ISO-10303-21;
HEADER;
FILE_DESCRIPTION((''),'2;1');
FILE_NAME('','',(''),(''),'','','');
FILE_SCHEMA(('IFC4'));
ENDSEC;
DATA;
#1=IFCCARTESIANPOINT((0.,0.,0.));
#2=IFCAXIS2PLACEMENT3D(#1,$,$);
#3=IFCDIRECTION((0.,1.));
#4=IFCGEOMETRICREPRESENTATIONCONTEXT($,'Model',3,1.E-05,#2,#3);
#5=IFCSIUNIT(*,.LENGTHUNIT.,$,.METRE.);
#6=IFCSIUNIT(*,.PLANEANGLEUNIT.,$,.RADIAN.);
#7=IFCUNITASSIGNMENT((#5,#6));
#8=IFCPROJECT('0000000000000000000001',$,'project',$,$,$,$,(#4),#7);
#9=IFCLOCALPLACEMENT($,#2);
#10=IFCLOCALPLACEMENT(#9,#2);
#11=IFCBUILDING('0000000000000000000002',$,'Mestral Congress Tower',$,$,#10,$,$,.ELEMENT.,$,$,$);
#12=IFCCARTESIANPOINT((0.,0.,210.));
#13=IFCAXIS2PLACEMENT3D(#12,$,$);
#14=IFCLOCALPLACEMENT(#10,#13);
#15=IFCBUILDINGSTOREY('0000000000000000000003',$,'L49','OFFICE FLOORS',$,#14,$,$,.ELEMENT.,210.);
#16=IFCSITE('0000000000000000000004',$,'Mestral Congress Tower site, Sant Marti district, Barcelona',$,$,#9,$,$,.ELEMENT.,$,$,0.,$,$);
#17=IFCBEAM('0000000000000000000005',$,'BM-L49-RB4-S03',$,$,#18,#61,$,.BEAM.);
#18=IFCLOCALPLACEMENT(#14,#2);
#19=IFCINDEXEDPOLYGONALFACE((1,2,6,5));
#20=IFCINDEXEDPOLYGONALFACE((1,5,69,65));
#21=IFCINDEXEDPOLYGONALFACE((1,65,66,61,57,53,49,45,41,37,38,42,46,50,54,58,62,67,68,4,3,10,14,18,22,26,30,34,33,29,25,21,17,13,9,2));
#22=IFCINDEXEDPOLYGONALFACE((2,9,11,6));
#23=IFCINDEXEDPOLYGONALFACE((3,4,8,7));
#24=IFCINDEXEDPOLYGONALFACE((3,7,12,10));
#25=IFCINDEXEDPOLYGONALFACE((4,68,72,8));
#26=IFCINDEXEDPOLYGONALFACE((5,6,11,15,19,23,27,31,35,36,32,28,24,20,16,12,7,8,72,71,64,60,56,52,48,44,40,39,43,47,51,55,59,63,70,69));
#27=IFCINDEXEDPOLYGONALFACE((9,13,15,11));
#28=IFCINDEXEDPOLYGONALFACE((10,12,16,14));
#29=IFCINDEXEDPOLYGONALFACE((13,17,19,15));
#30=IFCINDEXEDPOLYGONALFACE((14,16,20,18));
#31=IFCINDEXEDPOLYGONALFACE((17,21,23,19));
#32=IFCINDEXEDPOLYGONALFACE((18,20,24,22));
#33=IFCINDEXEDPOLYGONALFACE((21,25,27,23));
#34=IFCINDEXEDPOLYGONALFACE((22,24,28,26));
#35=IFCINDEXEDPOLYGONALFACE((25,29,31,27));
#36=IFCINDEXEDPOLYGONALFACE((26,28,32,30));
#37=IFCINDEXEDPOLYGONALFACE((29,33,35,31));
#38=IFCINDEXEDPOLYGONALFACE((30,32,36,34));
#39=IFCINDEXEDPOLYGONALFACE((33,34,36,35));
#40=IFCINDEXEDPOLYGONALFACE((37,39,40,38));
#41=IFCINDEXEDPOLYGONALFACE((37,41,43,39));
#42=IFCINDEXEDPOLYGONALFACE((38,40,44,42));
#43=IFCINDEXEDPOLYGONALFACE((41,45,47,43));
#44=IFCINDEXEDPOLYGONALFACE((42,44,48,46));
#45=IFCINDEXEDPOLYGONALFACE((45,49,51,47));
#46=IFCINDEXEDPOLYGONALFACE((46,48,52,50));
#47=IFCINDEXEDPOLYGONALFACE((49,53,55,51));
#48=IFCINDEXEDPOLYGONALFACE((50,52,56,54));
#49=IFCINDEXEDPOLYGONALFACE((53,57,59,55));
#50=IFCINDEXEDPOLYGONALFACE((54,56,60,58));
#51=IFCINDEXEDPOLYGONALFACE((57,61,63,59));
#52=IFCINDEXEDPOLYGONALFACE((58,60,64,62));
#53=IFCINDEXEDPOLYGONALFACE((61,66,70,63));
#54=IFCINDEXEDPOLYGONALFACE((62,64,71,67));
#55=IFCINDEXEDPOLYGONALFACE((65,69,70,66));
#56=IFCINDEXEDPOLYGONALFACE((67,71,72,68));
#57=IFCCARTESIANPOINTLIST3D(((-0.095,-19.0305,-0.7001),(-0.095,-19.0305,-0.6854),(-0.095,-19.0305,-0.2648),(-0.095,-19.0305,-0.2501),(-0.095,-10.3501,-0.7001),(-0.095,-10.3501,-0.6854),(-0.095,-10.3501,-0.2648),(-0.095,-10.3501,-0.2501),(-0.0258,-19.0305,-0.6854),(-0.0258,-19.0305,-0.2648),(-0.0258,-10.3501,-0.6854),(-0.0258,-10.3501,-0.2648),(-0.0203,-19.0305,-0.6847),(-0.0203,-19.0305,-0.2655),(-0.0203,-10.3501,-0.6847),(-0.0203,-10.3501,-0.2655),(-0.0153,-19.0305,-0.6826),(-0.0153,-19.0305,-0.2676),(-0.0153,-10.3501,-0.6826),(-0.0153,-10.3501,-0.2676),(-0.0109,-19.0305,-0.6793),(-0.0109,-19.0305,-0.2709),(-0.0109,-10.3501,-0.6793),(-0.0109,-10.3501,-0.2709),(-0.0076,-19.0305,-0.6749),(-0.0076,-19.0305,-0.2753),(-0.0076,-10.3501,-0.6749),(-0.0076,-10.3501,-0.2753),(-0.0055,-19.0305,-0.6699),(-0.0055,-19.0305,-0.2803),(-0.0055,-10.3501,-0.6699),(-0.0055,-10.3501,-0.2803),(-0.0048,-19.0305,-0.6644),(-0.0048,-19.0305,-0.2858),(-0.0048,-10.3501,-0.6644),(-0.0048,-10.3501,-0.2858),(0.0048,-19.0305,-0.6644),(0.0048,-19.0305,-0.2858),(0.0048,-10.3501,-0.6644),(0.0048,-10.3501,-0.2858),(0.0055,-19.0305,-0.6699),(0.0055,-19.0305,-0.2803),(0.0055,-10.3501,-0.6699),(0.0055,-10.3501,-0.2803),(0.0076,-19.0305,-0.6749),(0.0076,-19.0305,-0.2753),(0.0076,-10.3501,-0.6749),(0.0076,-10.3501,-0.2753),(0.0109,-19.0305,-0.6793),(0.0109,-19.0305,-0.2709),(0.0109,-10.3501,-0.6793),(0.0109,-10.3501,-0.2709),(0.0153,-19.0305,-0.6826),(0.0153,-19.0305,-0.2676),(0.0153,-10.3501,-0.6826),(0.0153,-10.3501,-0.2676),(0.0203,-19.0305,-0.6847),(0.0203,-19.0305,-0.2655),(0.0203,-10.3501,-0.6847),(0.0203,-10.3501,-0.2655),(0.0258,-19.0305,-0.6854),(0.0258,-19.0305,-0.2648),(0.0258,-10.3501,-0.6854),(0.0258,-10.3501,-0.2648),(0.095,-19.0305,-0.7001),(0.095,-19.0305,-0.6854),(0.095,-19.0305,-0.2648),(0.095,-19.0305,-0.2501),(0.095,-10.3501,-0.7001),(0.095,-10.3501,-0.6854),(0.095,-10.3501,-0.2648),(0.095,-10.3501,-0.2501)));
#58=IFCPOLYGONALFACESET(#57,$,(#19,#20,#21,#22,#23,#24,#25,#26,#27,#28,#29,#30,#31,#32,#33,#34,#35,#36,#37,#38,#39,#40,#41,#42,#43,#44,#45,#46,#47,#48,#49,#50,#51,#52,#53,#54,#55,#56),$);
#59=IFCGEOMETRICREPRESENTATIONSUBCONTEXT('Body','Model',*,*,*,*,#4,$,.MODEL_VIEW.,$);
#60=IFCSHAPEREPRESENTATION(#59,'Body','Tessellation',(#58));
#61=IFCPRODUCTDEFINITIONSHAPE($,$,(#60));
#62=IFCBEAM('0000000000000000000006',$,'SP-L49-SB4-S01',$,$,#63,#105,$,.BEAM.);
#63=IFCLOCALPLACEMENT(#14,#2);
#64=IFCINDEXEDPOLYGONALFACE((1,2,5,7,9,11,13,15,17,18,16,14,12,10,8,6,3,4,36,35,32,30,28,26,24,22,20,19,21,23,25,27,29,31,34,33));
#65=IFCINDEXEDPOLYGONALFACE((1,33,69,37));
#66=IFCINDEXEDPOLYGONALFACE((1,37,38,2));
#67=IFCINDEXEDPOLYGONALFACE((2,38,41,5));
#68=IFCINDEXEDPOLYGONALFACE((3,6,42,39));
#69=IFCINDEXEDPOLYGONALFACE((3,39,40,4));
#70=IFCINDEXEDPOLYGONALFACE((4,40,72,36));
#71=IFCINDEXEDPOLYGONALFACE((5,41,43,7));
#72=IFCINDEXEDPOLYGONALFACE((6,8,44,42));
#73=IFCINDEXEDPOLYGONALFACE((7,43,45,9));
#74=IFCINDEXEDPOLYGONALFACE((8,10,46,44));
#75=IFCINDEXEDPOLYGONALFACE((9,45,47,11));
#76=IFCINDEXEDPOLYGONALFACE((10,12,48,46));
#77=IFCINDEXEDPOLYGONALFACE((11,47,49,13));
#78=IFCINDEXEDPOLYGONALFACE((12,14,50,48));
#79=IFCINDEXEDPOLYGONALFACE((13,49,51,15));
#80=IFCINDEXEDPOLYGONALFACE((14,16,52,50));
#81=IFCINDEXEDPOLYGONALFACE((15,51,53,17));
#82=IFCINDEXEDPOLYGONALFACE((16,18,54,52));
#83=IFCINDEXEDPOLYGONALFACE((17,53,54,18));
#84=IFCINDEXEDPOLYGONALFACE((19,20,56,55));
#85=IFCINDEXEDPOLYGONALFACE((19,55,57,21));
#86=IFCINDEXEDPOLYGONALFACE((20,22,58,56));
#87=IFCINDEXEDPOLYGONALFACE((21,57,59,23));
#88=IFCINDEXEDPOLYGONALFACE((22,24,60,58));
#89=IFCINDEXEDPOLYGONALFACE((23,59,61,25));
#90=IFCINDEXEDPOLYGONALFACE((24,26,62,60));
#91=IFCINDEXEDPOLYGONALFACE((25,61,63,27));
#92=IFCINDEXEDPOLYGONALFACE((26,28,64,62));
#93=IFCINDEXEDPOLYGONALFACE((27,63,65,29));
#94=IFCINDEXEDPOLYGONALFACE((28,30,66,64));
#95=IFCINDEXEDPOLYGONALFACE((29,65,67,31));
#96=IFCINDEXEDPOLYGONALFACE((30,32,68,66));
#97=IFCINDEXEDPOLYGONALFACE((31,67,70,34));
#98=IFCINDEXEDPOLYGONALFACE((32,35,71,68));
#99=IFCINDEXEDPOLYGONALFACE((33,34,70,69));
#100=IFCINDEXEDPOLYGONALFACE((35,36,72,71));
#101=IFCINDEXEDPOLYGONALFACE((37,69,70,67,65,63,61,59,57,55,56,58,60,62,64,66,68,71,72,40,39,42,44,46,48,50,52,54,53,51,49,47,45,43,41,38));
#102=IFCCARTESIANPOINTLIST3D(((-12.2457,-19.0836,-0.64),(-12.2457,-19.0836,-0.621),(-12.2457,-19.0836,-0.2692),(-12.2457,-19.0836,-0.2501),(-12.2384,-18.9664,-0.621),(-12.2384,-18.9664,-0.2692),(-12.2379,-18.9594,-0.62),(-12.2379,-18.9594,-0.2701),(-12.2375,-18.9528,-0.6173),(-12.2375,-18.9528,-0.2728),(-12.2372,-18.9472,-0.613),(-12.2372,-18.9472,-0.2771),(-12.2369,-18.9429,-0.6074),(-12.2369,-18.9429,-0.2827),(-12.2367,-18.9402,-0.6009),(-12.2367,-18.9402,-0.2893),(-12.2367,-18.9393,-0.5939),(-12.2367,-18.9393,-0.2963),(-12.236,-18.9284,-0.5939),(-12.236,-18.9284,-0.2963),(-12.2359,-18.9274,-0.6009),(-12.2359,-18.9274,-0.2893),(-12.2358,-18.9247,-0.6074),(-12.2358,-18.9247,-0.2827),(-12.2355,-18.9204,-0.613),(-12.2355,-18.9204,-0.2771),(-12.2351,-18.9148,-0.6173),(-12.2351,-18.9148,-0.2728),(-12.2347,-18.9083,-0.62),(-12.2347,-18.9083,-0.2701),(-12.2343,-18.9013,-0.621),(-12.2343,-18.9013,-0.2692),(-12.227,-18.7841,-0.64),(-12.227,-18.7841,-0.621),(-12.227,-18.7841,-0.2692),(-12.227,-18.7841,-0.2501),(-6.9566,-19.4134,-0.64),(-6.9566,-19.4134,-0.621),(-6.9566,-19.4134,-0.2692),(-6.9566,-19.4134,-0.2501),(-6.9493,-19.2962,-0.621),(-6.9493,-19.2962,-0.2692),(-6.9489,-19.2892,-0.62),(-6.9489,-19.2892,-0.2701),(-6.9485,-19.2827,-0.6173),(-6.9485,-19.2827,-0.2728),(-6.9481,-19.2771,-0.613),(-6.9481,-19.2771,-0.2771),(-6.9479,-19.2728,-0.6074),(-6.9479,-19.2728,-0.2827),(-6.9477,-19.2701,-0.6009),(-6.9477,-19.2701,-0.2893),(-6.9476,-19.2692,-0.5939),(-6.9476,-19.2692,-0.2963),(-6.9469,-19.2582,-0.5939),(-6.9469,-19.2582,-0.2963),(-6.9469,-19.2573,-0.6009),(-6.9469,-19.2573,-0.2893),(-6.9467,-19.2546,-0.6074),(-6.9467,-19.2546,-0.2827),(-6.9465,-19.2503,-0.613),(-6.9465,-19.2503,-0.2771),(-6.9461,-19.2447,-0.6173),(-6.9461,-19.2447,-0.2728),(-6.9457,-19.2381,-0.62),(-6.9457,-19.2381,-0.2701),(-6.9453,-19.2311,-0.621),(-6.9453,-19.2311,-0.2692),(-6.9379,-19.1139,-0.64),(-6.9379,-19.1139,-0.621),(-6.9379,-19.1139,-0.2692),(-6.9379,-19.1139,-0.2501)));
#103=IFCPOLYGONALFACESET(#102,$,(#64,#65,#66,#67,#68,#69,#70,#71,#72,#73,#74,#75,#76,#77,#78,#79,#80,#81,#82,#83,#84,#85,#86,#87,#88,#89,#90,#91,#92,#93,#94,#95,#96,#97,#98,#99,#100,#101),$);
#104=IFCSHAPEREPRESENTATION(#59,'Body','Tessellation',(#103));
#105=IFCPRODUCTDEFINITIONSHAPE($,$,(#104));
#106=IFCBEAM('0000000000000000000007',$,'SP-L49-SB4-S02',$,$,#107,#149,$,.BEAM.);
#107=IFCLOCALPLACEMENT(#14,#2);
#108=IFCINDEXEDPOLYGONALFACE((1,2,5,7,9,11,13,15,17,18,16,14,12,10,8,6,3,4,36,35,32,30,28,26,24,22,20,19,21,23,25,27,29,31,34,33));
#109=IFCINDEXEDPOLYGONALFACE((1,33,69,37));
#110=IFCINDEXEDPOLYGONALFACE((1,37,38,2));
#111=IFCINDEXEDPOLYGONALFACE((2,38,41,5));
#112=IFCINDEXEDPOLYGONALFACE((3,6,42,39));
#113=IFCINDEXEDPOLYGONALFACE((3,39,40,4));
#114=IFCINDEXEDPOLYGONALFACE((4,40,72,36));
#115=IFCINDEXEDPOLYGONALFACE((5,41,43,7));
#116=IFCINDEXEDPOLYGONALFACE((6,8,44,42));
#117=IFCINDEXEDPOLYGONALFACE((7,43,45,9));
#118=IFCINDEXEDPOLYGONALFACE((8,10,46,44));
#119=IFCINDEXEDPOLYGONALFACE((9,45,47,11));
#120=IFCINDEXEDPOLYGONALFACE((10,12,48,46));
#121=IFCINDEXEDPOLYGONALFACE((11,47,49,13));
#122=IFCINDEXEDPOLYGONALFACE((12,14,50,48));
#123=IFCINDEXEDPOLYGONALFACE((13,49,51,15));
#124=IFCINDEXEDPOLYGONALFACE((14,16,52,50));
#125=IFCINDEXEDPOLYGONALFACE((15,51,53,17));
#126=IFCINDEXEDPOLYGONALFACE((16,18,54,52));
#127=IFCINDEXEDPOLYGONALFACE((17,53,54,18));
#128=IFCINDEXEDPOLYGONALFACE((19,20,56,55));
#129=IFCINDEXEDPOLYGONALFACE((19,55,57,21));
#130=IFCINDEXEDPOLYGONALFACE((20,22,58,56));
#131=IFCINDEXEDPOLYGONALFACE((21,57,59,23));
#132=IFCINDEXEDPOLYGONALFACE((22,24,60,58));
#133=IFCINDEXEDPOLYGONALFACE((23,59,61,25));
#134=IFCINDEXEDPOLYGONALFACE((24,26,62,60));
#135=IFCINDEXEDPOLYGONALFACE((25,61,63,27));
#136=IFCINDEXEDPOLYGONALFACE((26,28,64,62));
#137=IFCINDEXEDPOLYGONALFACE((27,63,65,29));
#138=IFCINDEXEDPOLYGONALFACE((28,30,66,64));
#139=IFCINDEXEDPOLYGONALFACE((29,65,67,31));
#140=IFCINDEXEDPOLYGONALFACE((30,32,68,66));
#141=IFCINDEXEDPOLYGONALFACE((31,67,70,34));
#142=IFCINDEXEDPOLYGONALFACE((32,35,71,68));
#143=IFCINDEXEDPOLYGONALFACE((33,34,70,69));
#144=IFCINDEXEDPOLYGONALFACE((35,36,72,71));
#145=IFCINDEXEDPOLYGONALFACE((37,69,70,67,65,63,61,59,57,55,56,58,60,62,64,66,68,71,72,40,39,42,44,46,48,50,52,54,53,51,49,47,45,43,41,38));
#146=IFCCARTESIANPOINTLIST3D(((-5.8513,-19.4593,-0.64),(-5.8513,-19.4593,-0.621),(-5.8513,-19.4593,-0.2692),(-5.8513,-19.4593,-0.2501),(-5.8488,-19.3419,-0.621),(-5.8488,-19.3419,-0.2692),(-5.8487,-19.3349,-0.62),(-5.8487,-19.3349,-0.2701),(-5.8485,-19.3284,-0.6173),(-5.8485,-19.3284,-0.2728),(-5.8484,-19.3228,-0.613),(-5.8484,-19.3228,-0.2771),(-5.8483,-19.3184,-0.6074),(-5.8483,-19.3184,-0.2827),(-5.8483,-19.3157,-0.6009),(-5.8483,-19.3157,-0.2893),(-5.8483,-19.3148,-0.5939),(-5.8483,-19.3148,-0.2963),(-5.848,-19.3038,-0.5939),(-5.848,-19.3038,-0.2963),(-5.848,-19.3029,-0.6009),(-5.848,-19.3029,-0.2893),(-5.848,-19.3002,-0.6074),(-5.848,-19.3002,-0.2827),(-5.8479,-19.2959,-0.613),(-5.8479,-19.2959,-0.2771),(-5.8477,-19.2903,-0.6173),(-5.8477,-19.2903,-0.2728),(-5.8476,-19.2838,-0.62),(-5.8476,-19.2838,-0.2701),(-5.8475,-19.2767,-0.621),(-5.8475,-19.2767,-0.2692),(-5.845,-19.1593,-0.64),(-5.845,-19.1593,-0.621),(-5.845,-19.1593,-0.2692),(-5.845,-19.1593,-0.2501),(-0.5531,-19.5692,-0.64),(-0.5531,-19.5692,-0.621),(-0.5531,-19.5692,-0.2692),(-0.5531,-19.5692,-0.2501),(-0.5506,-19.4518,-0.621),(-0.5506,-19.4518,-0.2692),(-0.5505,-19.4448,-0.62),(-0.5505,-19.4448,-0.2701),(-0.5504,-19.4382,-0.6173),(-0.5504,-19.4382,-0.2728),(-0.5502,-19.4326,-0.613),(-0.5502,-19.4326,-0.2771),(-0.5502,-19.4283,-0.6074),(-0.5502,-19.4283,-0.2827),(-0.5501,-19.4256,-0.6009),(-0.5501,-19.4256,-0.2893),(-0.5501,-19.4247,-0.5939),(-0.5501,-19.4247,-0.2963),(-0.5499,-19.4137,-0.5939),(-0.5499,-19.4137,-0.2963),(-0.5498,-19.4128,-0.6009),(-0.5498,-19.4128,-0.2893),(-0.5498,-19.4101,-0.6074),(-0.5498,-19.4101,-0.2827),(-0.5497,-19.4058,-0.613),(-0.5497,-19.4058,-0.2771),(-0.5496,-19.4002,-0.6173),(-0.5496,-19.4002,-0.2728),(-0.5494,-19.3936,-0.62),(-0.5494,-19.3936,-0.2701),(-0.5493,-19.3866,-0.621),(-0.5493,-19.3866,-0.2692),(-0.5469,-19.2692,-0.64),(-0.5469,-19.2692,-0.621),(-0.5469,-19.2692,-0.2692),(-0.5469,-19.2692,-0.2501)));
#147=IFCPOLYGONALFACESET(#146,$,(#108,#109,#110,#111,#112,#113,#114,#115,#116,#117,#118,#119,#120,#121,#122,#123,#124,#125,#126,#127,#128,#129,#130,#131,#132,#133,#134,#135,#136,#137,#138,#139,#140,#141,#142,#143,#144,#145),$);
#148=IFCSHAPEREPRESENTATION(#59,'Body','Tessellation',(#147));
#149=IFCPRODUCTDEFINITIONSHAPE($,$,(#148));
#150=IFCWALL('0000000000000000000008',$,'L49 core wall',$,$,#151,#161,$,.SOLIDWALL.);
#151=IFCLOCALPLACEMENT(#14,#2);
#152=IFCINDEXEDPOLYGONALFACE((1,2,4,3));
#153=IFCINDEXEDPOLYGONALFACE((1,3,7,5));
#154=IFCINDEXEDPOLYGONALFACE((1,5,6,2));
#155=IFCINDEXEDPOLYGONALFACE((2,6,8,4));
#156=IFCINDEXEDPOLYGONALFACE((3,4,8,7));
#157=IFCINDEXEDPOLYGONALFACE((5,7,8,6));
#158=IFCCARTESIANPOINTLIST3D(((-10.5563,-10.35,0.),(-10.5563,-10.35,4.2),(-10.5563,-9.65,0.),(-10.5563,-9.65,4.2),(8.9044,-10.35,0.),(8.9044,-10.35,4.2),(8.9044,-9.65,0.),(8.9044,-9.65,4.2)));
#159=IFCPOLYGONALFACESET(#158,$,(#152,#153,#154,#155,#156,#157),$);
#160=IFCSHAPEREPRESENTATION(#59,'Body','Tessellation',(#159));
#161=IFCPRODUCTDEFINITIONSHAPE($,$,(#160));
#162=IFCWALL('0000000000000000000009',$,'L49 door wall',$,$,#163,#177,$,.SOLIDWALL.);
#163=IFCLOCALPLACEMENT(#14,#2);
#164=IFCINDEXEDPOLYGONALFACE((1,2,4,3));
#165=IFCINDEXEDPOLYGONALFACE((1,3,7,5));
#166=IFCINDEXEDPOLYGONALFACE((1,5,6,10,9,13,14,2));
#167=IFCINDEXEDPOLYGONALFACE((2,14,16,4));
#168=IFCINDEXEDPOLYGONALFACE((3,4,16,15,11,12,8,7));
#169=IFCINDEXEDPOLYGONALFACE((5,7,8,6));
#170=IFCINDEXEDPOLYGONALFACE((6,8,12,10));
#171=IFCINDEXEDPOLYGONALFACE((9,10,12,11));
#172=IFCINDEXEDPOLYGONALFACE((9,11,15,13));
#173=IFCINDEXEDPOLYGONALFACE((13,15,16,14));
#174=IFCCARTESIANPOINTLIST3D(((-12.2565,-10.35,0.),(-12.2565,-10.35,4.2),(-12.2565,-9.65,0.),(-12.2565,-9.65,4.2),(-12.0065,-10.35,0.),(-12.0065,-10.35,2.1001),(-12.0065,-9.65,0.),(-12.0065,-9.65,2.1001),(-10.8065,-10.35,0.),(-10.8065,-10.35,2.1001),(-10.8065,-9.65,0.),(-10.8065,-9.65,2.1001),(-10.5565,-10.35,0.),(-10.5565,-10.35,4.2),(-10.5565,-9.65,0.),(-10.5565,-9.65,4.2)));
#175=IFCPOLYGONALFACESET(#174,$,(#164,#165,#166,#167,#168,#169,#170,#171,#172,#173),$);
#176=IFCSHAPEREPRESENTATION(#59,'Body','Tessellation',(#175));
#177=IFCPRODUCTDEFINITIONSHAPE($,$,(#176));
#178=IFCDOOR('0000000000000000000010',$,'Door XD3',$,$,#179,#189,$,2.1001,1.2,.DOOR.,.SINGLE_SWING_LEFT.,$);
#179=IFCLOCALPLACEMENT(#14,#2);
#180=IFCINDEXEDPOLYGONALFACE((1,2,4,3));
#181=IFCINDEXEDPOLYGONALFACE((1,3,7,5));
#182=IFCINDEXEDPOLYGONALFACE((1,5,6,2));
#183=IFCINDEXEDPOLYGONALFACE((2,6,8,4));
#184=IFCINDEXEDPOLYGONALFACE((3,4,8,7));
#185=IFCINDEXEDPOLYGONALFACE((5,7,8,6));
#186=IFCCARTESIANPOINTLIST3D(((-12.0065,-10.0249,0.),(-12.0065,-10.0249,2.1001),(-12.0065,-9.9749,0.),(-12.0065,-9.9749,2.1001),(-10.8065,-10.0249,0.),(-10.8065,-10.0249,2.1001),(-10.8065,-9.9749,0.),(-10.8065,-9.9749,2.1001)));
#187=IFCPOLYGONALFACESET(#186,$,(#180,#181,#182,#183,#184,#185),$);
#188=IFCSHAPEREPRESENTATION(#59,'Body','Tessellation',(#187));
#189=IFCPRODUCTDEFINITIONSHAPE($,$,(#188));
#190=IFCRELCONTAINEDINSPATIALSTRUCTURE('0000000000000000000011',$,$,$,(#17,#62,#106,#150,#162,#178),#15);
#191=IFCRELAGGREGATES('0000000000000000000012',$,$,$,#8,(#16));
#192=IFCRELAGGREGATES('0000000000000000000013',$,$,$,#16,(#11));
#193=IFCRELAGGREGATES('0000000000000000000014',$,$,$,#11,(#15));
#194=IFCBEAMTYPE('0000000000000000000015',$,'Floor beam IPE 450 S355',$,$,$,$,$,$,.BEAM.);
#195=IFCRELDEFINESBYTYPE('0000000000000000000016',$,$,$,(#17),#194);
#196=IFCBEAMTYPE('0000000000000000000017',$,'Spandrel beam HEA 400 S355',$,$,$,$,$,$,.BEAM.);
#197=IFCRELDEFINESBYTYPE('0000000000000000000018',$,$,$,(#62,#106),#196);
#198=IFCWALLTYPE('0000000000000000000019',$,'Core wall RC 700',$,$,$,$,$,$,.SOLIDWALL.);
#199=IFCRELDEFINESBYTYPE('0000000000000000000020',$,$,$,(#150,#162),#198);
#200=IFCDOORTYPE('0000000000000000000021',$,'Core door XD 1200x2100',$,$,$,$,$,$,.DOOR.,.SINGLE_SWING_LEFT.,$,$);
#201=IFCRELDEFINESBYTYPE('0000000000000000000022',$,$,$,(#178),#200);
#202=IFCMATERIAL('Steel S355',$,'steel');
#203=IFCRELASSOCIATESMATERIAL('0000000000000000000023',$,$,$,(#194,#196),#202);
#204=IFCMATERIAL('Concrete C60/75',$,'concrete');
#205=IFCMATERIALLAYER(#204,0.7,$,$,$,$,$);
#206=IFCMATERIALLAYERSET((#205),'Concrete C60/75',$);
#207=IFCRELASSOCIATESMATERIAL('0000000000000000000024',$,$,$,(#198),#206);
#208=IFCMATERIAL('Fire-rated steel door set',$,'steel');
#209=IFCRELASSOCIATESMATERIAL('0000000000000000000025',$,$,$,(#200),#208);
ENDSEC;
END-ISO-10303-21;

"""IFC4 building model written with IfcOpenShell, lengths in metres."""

from ifc_helpers import new_model, si_unit, direction, frame, frame_2d, origin, origin_2d, place, context, subcontext, project, spatial, rectangle, i_section, extrude, material, layer, layer_set, material_profile, profile_set, type_object, element, fill, save


model = new_model("IFC4")

# Units and contexts
model_context = context("Model", 3, precision=1e-05, world=origin(), true_north=direction((0.0, 1.0)))
body_context = subcontext(model_context, "Body", "Model", "MODEL_VIEW")
ifc_project = project(units=[si_unit("LENGTHUNIT", "METRE"), si_unit("PLANEANGLEUNIT", "RADIAN")], contexts=[model_context])

# Site, building, storey
site_placement = place(None, origin())
site = spatial("IfcSite", under=ifc_project, at=site_placement, Name="Mestral Congress Tower site, Sant Marti district, Barcelona", CompositionType="ELEMENT", RefElevation=0.0)
building_placement = place(site_placement, origin())
building = spatial("IfcBuilding", under=site, at=building_placement, Name="Mestral Congress Tower", CompositionType="ELEMENT")
storey_placement = place(building_placement, frame((0.0, 0.0, 210.0)))
storey = spatial("IfcBuildingStorey", under=building, at=storey_placement, Name="L49", Description="OFFICE FLOORS", CompositionType="ELEMENT", Elevation=210.0)

# Shared definitions
ifc_material_1 = material(Name="Concrete C60/75", Category="concrete")

# Beams
ifc_material_2 = material(Name="Steel S355", Category="steel")
ifc_material_profile_1 = material_profile(ifc_material_2, i_section(OverallWidth=0.1899, OverallDepth=0.45, WebThickness=0.0095, FlangeThickness=0.0146, FilletRadius=0.021, at=origin_2d()), Name="IPE 450")
ifc_profile_set_1 = profile_set([ifc_material_profile_1], Name="Steel S355")
beam_type_1 = type_object("IfcBeamType", Name="Floor beam IPE 450 S355", PredefinedType="BEAM", material=ifc_profile_set_1)
beam_1_placement = place(storey_placement, frame((0.0, -19.0305, -0.4751), z_axis=(0.0, 1.0, 0.0), x_axis=(-1.0, 0.0, 0.0)))
element("IfcBeam", 1, at=beam_1_placement, inside=storey, type_object=beam_type_1, Name="BM-L49-RB4-S03", PredefinedType="BEAM", context=body_context, shape_type="SweptSolid", body=[
    extrude(i_section(OverallWidth=0.1899, OverallDepth=0.45, WebThickness=0.0095, FlangeThickness=0.0146, FilletRadius=0.021, at=origin_2d()), origin(), (0.0, 0.0, 1.0), 8.6804),
])
ifc_material_profile_2 = material_profile(ifc_material_2, i_section(OverallWidth=0.3, OverallDepth=0.3899, WebThickness=0.011, FlangeThickness=0.019, FilletRadius=0.0271, at=origin_2d()), Name="HEA 400")
ifc_profile_set_2 = profile_set([ifc_material_profile_2], Name="Steel S355")
beam_type_2 = type_object("IfcBeamType", Name="Spandrel beam HEA 400 S355", PredefinedType="BEAM", material=ifc_profile_set_2)
for number, where, z_axis, x_axis, name in (
    (2, (-12.2363, -18.9338, -0.4451), (0.998061, -0.062241, 0.0), (0.062241, 0.998061, 0.0), "SP-L49-SB4-S01"),
    (3, (-5.8481, -19.3093, -0.4451), (0.999785, -0.020732, 0.0), (0.020732, 0.999785, 0.0), "SP-L49-SB4-S02"),
):
    element("IfcBeam", number, at=place(storey_placement, frame(where, z_axis=z_axis, x_axis=x_axis)), inside=storey, type_object=beam_type_2, Name=name, PredefinedType="BEAM", context=body_context, shape_type="SweptSolid", body=[
        extrude(i_section(OverallWidth=0.3, OverallDepth=0.3899, WebThickness=0.011, FlangeThickness=0.019, FilletRadius=0.0271, at=origin_2d()), origin(), (0.0, 0.0, 1.0), 5.2993),
    ])

# Wall
ifc_layer_1 = layer(ifc_material_1, 0.7)
ifc_layer_set_1 = layer_set([ifc_layer_1], Name="Concrete C60/75")
wall_type_1 = type_object("IfcWallType", Name="Core wall RC 700", PredefinedType="SOLIDWALL", material=ifc_layer_set_1)
wall_1_placement = place(storey_placement, frame((-10.5564, -10.0, 0.0), z_axis=(0.0, 0.0, 1.0), x_axis=(1.0, 0.0, 0.0)))
element("IfcWall", 4, at=wall_1_placement, inside=storey, type_object=wall_type_1, Name="L49 core wall", PredefinedType="SOLIDWALL", context=body_context, shape_type="SweptSolid", body=[
    extrude(rectangle(XDim=19.4607, YDim=0.7, at=frame_2d((9.7305, 0.0))), origin(), (0.0, 0.0, 1.0), 4.2),
])

# Wall, opening, door
wall_2_placement = place(storey_placement, frame((-10.5564, -10.0, 0.0), z_axis=(0.0, 0.0, 1.0), x_axis=(-1.0, 0.0, 0.0)))
wall_2 = element("IfcWall", 5, at=wall_2_placement, inside=storey, type_object=wall_type_1, Name="L49 door wall", PredefinedType="SOLIDWALL", context=body_context, shape_type="SweptSolid", body=[
    extrude(rectangle(XDim=1.7, YDim=0.7, at=frame_2d((0.8501, 0.0))), origin(), (0.0, 0.0, 1.0), 4.2),
])
opening_1_placement = place(wall_2_placement, frame((0.25, 0.0, 0.0)))
opening_1 = element("IfcOpeningElement", 6, at=opening_1_placement, cuts=wall_2, PredefinedType="OPENING", context=body_context, shape_type="SweptSolid", body=[
    extrude(rectangle(XDim=1.2, YDim=2.1001, at=frame_2d((0.6001, 1.05))), frame((0.0, 0.3599, 0.0), z_axis=(0.0, -1.0, 0.0), x_axis=(1.0, 0.0, 0.0)), (0.0, 0.0, 1.0), 0.72),
])
ifc_material_3 = material(Name="Fire-rated steel door set", Category="steel")
door_type_1 = type_object("IfcDoorType", Name="Core door XD 1200x2100", OperationType="SINGLE_SWING_LEFT", PredefinedType="DOOR", material=ifc_material_3)
door_1_placement = place(opening_1_placement, origin())
door_1 = element("IfcDoor", 7, at=door_1_placement, inside=storey, type_object=door_type_1, Name="Door XD3", OperationType="SINGLE_SWING_LEFT", OverallHeight=2.1001, OverallWidth=1.2, PredefinedType="DOOR", context=body_context, shape_type="SweptSolid", body=[
    extrude(rectangle(XDim=1.2, YDim=2.1001, at=frame_2d((0.6001, 1.05))), frame((0.0, 0.0249, 0.0), z_axis=(0.0, -1.0, 0.0), x_axis=(1.0, 0.0, 0.0)), (0.0, 0.0, 1.0), 0.05),
])
fill(opening_1, door_1)

save(model, "model.ifc")
